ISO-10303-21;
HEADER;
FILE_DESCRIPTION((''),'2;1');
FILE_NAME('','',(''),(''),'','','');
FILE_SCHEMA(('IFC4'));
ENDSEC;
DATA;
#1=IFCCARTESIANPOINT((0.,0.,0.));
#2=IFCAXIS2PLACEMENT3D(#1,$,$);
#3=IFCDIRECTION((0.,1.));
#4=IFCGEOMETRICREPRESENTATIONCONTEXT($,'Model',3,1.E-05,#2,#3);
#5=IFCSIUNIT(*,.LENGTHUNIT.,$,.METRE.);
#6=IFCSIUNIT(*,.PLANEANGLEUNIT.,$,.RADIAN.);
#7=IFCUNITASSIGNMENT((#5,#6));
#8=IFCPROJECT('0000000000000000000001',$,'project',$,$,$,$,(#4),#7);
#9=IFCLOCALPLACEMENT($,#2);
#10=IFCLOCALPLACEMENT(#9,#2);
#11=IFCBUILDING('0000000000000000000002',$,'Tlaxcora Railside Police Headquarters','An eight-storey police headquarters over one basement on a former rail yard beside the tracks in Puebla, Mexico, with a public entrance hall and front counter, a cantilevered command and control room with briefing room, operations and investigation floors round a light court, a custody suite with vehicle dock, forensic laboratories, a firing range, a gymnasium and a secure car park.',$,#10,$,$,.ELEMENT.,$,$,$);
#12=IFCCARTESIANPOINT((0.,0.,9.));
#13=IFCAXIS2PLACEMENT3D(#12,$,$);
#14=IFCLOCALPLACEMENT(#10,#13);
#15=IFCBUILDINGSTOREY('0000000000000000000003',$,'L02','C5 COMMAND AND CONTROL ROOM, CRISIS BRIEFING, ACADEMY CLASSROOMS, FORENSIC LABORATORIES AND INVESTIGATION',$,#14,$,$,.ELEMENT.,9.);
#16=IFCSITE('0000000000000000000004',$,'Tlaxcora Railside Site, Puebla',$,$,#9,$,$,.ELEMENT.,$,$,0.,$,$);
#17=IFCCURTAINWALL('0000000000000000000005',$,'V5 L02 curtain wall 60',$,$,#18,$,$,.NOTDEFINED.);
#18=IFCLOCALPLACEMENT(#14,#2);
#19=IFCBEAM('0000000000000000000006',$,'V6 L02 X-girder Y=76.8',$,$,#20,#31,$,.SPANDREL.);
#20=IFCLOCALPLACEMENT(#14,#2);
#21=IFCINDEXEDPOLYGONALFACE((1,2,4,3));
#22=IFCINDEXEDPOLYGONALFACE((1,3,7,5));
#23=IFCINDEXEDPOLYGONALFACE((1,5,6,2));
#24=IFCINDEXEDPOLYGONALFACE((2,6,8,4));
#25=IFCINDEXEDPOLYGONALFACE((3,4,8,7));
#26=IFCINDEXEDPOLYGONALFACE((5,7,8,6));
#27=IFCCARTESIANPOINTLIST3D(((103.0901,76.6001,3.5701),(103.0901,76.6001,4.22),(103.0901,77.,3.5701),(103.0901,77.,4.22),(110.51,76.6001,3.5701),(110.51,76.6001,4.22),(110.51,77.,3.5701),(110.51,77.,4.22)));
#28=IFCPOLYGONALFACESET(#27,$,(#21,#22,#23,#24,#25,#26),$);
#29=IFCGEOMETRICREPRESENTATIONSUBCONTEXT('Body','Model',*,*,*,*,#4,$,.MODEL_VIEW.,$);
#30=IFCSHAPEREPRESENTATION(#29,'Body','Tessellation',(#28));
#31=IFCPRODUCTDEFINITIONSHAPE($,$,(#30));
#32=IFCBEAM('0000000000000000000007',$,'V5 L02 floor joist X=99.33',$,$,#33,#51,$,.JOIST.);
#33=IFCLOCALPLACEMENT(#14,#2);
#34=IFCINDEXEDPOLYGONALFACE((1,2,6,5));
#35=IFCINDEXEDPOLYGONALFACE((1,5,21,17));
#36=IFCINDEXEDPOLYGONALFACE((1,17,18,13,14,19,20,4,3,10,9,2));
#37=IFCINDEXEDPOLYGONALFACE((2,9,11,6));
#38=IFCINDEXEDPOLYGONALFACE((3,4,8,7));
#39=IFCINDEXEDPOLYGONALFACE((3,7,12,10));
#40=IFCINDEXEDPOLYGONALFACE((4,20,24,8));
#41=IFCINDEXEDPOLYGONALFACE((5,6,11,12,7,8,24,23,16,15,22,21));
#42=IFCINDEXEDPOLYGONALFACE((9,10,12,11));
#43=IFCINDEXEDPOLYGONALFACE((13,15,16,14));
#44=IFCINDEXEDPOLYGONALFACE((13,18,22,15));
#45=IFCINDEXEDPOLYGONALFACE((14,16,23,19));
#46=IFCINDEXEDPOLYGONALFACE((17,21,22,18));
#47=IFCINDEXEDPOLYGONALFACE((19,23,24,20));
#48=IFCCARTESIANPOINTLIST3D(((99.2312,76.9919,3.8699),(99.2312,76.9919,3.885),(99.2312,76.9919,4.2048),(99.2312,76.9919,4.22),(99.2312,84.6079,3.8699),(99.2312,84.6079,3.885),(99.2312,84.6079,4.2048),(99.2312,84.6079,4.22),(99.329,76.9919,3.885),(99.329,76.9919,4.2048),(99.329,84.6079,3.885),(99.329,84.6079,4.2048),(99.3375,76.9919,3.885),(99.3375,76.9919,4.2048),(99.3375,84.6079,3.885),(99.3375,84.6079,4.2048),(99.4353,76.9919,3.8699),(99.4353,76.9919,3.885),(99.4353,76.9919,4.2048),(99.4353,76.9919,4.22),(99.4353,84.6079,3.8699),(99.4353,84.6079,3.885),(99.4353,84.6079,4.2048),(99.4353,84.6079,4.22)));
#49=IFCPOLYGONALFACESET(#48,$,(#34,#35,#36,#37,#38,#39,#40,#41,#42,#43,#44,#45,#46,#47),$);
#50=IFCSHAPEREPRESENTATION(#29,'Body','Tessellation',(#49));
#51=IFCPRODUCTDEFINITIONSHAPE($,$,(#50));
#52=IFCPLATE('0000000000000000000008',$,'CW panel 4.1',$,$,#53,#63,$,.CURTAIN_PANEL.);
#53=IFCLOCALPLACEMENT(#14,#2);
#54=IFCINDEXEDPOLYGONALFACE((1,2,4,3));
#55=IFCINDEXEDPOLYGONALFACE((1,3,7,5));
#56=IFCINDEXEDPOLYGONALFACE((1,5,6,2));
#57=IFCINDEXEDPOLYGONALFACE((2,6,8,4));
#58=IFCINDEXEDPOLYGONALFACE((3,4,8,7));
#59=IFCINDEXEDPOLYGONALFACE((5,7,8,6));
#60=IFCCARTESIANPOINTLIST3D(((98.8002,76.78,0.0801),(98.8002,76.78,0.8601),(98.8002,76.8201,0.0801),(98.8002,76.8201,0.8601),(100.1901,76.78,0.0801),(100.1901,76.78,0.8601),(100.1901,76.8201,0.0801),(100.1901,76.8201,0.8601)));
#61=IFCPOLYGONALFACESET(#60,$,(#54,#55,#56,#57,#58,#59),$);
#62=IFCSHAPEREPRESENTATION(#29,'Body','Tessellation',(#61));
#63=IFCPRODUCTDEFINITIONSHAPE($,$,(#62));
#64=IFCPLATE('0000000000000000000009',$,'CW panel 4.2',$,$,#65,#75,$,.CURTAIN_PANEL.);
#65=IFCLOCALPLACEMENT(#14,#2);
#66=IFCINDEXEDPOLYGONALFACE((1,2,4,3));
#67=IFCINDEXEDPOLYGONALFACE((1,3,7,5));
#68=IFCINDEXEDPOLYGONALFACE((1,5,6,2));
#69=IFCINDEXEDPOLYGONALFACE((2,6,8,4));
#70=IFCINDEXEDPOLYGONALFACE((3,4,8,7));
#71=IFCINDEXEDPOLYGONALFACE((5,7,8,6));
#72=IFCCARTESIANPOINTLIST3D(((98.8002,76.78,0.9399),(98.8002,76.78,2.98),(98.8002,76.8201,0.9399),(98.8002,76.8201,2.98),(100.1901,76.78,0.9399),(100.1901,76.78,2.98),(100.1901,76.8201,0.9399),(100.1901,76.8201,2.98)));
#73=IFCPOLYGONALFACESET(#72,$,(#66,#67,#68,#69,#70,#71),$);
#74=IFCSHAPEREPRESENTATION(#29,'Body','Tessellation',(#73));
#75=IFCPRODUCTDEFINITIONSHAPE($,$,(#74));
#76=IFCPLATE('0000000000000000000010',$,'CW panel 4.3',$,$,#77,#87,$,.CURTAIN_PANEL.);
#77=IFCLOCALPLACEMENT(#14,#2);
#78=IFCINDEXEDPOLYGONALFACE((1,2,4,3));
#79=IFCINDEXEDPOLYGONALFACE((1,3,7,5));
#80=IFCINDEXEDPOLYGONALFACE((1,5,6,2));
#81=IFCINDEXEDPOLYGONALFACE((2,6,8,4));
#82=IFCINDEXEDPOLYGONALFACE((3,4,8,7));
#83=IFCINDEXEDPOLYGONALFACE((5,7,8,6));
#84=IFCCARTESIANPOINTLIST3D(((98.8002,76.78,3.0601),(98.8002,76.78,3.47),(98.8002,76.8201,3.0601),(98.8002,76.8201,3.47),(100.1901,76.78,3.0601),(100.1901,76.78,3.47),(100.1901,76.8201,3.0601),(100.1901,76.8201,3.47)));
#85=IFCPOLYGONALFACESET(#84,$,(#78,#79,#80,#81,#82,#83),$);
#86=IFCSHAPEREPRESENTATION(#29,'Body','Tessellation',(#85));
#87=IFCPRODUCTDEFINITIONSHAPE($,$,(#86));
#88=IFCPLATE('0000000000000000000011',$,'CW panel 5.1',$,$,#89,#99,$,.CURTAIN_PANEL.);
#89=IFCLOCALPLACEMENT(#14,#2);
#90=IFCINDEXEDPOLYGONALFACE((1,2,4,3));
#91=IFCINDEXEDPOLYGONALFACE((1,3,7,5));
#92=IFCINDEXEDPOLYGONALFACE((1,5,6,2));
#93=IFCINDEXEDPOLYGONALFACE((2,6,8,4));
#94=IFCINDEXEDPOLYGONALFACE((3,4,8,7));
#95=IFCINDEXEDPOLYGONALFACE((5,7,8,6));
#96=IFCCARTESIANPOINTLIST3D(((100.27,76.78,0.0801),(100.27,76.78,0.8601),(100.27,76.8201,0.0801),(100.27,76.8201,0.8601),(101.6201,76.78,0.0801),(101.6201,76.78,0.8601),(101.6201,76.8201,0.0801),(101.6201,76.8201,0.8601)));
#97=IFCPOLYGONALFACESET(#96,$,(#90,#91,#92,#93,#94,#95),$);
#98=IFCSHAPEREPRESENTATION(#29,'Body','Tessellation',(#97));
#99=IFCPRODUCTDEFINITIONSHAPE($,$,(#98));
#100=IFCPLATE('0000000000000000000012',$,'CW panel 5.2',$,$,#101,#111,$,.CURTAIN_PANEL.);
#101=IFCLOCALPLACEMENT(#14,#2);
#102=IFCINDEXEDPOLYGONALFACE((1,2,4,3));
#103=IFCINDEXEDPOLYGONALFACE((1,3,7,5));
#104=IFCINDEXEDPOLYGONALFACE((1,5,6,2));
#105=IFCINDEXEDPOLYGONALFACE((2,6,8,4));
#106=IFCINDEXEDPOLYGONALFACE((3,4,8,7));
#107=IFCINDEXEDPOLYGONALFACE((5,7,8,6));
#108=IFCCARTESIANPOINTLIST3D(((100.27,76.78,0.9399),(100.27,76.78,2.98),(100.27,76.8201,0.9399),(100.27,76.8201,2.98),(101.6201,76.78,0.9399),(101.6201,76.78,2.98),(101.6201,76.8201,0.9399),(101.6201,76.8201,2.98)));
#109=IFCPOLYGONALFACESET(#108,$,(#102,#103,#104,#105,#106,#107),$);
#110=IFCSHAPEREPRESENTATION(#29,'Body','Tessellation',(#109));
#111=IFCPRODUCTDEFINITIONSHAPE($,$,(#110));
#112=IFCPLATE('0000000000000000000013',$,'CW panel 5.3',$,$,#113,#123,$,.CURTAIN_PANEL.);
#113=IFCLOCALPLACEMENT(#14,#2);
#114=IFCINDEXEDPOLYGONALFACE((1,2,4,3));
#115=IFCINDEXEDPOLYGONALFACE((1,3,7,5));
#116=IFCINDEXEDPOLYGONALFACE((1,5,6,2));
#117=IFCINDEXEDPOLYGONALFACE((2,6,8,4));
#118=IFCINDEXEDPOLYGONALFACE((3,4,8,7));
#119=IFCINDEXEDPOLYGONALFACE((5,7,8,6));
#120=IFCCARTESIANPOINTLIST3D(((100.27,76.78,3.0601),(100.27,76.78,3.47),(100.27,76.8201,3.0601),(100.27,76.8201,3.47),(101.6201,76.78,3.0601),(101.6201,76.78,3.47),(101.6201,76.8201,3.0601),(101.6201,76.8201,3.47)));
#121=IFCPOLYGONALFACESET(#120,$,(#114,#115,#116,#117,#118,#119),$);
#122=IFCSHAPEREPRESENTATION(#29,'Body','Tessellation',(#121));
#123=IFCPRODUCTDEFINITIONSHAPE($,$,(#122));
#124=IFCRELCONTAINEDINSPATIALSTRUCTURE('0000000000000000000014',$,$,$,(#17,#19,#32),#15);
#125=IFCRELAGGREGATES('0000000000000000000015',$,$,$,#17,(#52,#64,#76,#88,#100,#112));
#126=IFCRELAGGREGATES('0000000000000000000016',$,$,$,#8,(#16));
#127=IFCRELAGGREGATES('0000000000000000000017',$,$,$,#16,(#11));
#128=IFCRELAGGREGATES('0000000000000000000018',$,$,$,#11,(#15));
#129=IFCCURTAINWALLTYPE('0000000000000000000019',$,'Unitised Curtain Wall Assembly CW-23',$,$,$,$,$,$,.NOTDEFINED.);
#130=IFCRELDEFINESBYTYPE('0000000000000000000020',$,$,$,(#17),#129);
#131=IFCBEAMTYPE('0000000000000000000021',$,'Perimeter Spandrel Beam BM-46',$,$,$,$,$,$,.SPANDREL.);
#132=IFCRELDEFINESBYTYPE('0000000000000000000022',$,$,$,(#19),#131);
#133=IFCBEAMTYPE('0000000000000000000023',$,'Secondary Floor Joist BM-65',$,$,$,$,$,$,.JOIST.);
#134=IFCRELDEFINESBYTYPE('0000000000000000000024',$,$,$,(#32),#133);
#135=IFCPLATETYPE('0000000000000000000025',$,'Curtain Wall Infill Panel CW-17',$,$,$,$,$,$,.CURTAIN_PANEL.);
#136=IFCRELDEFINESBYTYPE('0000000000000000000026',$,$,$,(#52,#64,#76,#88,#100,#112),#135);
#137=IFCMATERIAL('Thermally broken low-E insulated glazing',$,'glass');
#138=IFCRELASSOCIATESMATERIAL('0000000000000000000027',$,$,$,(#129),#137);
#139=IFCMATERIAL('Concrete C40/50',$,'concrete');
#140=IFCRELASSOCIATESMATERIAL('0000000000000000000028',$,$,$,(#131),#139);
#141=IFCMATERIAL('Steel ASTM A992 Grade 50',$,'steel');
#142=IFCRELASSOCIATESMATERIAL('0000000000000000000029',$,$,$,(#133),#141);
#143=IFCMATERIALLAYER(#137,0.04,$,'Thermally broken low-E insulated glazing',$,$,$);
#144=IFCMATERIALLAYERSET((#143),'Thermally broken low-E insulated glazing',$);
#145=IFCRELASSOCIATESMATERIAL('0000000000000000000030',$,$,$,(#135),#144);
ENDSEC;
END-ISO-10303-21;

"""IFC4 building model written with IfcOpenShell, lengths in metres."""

from ifc_helpers import new_model, si_unit, direction, frame, origin, origin_2d, place, context, subcontext, project, spatial, rectangle, i_section, extrude, material, layer, layer_set, material_profile, profile_set, type_object, element, aggregate, save


model = new_model("IFC4")

# Units and contexts
model_context = context("Model", 3, precision=1e-05, world=origin(), true_north=direction((0.0, 1.0)))
body_context = subcontext(model_context, "Body", "Model", "MODEL_VIEW")
ifc_project = project(units=[si_unit("LENGTHUNIT", "METRE"), si_unit("PLANEANGLEUNIT", "RADIAN")], contexts=[model_context])

# Site, building, storey
site_placement = place(None, origin())
site = spatial("IfcSite", under=ifc_project, at=site_placement, Name="Tlaxcora Railside Site, Puebla", CompositionType="ELEMENT", RefElevation=0.0)
building_placement = place(site_placement, origin())
building = spatial("IfcBuilding", under=site, at=building_placement, Name="Tlaxcora Railside Police Headquarters", Description="An eight-storey police headquarters over one basement on a former rail yard beside the tracks in Puebla, Mexico, with a public entrance hall and front counter, a cantilevered command and control room with briefing room, operations and investigation floors round a light court, a custody suite with vehicle dock, forensic laboratories, a firing range, a gymnasium and a secure car park.", CompositionType="ELEMENT")
storey_placement = place(building_placement, frame((0.0, 0.0, 9.0)))
storey = spatial("IfcBuildingStorey", under=building, at=storey_placement, Name="L02", Description="C5 COMMAND AND CONTROL ROOM, CRISIS BRIEFING, ACADEMY CLASSROOMS, FORENSIC LABORATORIES AND INVESTIGATION", CompositionType="ELEMENT", Elevation=9.0)

# Shared definitions
ifc_material_1 = material(Name="Concrete C40/50", Category="concrete")

# Curtain wall
ifc_material_2 = material(Name="Thermally broken low-E insulated glazing", Category="glass")
curtain_wall_type_1 = type_object("IfcCurtainWallType", Name="Unitised Curtain Wall Assembly CW-23", PredefinedType="NOTDEFINED", material=ifc_material_2)
curtain_wall_1_placement = place(storey_placement, origin())
curtain_wall_1 = element("IfcCurtainWall", 1, at=curtain_wall_1_placement, inside=storey, type_object=curtain_wall_type_1, Name="V5 L02 curtain wall 60", PredefinedType="NOTDEFINED")

# Beams
ifc_material_profile_1 = material_profile(ifc_material_1, rectangle(XDim=0.3999, YDim=0.6499, at=origin_2d()), Name="RC400X650")
ifc_profile_set_1 = profile_set([ifc_material_profile_1], Name="Concrete C40/50")
beam_type_1 = type_object("IfcBeamType", Name="Perimeter Spandrel Beam BM-46", PredefinedType="SPANDREL", material=ifc_profile_set_1)
beam_1_placement = place(storey_placement, frame((103.0901, 76.8, 3.895), z_axis=(1.0, 0.0, 0.0), x_axis=(0.0, 1.0, 0.0)))
element("IfcBeam", 2, at=beam_1_placement, inside=storey, type_object=beam_type_1, Name="V6 L02 X-girder Y=76.8", PredefinedType="SPANDREL", context=body_context, shape_type="SweptSolid", body=[
    extrude(rectangle(XDim=0.3999, YDim=0.6499, at=origin_2d()), origin(), (0.0, 0.0, 1.0), 7.4199),
])
ifc_material_3 = material(Name="Steel ASTM A992 Grade 50", Category="steel")
ifc_material_profile_2 = material_profile(ifc_material_3, i_section(OverallWidth=0.2041, OverallDepth=0.3501, WebThickness=0.0085, FlangeThickness=0.0151, at=origin_2d()), Name="W14X48")
ifc_profile_set_2 = profile_set([ifc_material_profile_2], Name="Steel ASTM A992 Grade 50")
beam_type_2 = type_object("IfcBeamType", Name="Secondary Floor Joist BM-65", PredefinedType="JOIST", material=ifc_profile_set_2)
beam_2_placement = place(storey_placement, frame((99.3333, 76.9919, 4.0449), z_axis=(0.0, 1.0, 0.0), x_axis=(-1.0, 0.0, 0.0)))
element("IfcBeam", 3, at=beam_2_placement, inside=storey, type_object=beam_type_2, Name="V5 L02 floor joist X=99.33", PredefinedType="JOIST", context=body_context, shape_type="SweptSolid", body=[
    extrude(i_section(OverallWidth=0.2041, OverallDepth=0.3501, WebThickness=0.0085, FlangeThickness=0.0151, at=origin_2d()), origin(), (0.0, 0.0, 1.0), 7.616),
])

# Plates
ifc_layer = layer(ifc_material_2, 0.04, Name="Thermally broken low-E insulated glazing")
ifc_layer_set = layer_set([ifc_layer], Name="Thermally broken low-E insulated glazing")
plate_type = type_object("IfcPlateType", Name="Curtain Wall Infill Panel CW-17", PredefinedType="CURTAIN_PANEL", material=ifc_layer_set)
plate_1_placement = place(storey_placement, frame((99.4951, 76.8, 0.0801), z_axis=(0.0, 0.0, 1.0), x_axis=(1.0, 0.0, 0.0)))
plate_1 = element("IfcPlate", 4, at=plate_1_placement, type_object=plate_type, Name="CW panel 4.1", PredefinedType="CURTAIN_PANEL", context=body_context, shape_type="SweptSolid", body=[
    extrude(rectangle(XDim=1.3899, YDim=0.04, at=origin_2d()), origin(), (0.0, 0.0, 1.0), 0.78),
])
plate_2_placement = place(storey_placement, frame((99.4951, 76.8, 0.9399), z_axis=(0.0, 0.0, 1.0), x_axis=(1.0, 0.0, 0.0)))
plate_2 = element("IfcPlate", 5, at=plate_2_placement, type_object=plate_type, Name="CW panel 4.2", PredefinedType="CURTAIN_PANEL", context=body_context, shape_type="SweptSolid", body=[
    extrude(rectangle(XDim=1.3899, YDim=0.04, at=origin_2d()), origin(), (0.0, 0.0, 1.0), 2.04),
])
plate_3_placement = place(storey_placement, frame((99.4951, 76.8, 3.0601), z_axis=(0.0, 0.0, 1.0), x_axis=(1.0, 0.0, 0.0)))
plate_3 = element("IfcPlate", 6, at=plate_3_placement, type_object=plate_type, Name="CW panel 4.3", PredefinedType="CURTAIN_PANEL", context=body_context, shape_type="SweptSolid", body=[
    extrude(rectangle(XDim=1.3899, YDim=0.04, at=origin_2d()), origin(), (0.0, 0.0, 1.0), 0.4099),
])
plate_4_placement = place(storey_placement, frame((100.9451, 76.8, 0.0801), z_axis=(0.0, 0.0, 1.0), x_axis=(1.0, 0.0, 0.0)))
plate_4 = element("IfcPlate", 7, at=plate_4_placement, type_object=plate_type, Name="CW panel 5.1", PredefinedType="CURTAIN_PANEL", context=body_context, shape_type="SweptSolid", body=[
    extrude(rectangle(XDim=1.3501, YDim=0.04, at=origin_2d()), origin(), (0.0, 0.0, 1.0), 0.78),
])
plate_5_placement = place(storey_placement, frame((100.9451, 76.8, 0.9399), z_axis=(0.0, 0.0, 1.0), x_axis=(1.0, 0.0, 0.0)))
plate_5 = element("IfcPlate", 8, at=plate_5_placement, type_object=plate_type, Name="CW panel 5.2", PredefinedType="CURTAIN_PANEL", context=body_context, shape_type="SweptSolid", body=[
    extrude(rectangle(XDim=1.3501, YDim=0.04, at=origin_2d()), origin(), (0.0, 0.0, 1.0), 2.04),
])
plate_6_placement = place(storey_placement, frame((100.9451, 76.8, 3.0601), z_axis=(0.0, 0.0, 1.0), x_axis=(1.0, 0.0, 0.0)))
plate_6 = element("IfcPlate", 9, at=plate_6_placement, type_object=plate_type, Name="CW panel 5.3", PredefinedType="CURTAIN_PANEL", context=body_context, shape_type="SweptSolid", body=[
    extrude(rectangle(XDim=1.3501, YDim=0.04, at=origin_2d()), origin(), (0.0, 0.0, 1.0), 0.4099),
])
aggregate(curtain_wall_1, [plate_1, plate_2, plate_3, plate_4, plate_5, plate_6])

save(model, "model.ifc")
